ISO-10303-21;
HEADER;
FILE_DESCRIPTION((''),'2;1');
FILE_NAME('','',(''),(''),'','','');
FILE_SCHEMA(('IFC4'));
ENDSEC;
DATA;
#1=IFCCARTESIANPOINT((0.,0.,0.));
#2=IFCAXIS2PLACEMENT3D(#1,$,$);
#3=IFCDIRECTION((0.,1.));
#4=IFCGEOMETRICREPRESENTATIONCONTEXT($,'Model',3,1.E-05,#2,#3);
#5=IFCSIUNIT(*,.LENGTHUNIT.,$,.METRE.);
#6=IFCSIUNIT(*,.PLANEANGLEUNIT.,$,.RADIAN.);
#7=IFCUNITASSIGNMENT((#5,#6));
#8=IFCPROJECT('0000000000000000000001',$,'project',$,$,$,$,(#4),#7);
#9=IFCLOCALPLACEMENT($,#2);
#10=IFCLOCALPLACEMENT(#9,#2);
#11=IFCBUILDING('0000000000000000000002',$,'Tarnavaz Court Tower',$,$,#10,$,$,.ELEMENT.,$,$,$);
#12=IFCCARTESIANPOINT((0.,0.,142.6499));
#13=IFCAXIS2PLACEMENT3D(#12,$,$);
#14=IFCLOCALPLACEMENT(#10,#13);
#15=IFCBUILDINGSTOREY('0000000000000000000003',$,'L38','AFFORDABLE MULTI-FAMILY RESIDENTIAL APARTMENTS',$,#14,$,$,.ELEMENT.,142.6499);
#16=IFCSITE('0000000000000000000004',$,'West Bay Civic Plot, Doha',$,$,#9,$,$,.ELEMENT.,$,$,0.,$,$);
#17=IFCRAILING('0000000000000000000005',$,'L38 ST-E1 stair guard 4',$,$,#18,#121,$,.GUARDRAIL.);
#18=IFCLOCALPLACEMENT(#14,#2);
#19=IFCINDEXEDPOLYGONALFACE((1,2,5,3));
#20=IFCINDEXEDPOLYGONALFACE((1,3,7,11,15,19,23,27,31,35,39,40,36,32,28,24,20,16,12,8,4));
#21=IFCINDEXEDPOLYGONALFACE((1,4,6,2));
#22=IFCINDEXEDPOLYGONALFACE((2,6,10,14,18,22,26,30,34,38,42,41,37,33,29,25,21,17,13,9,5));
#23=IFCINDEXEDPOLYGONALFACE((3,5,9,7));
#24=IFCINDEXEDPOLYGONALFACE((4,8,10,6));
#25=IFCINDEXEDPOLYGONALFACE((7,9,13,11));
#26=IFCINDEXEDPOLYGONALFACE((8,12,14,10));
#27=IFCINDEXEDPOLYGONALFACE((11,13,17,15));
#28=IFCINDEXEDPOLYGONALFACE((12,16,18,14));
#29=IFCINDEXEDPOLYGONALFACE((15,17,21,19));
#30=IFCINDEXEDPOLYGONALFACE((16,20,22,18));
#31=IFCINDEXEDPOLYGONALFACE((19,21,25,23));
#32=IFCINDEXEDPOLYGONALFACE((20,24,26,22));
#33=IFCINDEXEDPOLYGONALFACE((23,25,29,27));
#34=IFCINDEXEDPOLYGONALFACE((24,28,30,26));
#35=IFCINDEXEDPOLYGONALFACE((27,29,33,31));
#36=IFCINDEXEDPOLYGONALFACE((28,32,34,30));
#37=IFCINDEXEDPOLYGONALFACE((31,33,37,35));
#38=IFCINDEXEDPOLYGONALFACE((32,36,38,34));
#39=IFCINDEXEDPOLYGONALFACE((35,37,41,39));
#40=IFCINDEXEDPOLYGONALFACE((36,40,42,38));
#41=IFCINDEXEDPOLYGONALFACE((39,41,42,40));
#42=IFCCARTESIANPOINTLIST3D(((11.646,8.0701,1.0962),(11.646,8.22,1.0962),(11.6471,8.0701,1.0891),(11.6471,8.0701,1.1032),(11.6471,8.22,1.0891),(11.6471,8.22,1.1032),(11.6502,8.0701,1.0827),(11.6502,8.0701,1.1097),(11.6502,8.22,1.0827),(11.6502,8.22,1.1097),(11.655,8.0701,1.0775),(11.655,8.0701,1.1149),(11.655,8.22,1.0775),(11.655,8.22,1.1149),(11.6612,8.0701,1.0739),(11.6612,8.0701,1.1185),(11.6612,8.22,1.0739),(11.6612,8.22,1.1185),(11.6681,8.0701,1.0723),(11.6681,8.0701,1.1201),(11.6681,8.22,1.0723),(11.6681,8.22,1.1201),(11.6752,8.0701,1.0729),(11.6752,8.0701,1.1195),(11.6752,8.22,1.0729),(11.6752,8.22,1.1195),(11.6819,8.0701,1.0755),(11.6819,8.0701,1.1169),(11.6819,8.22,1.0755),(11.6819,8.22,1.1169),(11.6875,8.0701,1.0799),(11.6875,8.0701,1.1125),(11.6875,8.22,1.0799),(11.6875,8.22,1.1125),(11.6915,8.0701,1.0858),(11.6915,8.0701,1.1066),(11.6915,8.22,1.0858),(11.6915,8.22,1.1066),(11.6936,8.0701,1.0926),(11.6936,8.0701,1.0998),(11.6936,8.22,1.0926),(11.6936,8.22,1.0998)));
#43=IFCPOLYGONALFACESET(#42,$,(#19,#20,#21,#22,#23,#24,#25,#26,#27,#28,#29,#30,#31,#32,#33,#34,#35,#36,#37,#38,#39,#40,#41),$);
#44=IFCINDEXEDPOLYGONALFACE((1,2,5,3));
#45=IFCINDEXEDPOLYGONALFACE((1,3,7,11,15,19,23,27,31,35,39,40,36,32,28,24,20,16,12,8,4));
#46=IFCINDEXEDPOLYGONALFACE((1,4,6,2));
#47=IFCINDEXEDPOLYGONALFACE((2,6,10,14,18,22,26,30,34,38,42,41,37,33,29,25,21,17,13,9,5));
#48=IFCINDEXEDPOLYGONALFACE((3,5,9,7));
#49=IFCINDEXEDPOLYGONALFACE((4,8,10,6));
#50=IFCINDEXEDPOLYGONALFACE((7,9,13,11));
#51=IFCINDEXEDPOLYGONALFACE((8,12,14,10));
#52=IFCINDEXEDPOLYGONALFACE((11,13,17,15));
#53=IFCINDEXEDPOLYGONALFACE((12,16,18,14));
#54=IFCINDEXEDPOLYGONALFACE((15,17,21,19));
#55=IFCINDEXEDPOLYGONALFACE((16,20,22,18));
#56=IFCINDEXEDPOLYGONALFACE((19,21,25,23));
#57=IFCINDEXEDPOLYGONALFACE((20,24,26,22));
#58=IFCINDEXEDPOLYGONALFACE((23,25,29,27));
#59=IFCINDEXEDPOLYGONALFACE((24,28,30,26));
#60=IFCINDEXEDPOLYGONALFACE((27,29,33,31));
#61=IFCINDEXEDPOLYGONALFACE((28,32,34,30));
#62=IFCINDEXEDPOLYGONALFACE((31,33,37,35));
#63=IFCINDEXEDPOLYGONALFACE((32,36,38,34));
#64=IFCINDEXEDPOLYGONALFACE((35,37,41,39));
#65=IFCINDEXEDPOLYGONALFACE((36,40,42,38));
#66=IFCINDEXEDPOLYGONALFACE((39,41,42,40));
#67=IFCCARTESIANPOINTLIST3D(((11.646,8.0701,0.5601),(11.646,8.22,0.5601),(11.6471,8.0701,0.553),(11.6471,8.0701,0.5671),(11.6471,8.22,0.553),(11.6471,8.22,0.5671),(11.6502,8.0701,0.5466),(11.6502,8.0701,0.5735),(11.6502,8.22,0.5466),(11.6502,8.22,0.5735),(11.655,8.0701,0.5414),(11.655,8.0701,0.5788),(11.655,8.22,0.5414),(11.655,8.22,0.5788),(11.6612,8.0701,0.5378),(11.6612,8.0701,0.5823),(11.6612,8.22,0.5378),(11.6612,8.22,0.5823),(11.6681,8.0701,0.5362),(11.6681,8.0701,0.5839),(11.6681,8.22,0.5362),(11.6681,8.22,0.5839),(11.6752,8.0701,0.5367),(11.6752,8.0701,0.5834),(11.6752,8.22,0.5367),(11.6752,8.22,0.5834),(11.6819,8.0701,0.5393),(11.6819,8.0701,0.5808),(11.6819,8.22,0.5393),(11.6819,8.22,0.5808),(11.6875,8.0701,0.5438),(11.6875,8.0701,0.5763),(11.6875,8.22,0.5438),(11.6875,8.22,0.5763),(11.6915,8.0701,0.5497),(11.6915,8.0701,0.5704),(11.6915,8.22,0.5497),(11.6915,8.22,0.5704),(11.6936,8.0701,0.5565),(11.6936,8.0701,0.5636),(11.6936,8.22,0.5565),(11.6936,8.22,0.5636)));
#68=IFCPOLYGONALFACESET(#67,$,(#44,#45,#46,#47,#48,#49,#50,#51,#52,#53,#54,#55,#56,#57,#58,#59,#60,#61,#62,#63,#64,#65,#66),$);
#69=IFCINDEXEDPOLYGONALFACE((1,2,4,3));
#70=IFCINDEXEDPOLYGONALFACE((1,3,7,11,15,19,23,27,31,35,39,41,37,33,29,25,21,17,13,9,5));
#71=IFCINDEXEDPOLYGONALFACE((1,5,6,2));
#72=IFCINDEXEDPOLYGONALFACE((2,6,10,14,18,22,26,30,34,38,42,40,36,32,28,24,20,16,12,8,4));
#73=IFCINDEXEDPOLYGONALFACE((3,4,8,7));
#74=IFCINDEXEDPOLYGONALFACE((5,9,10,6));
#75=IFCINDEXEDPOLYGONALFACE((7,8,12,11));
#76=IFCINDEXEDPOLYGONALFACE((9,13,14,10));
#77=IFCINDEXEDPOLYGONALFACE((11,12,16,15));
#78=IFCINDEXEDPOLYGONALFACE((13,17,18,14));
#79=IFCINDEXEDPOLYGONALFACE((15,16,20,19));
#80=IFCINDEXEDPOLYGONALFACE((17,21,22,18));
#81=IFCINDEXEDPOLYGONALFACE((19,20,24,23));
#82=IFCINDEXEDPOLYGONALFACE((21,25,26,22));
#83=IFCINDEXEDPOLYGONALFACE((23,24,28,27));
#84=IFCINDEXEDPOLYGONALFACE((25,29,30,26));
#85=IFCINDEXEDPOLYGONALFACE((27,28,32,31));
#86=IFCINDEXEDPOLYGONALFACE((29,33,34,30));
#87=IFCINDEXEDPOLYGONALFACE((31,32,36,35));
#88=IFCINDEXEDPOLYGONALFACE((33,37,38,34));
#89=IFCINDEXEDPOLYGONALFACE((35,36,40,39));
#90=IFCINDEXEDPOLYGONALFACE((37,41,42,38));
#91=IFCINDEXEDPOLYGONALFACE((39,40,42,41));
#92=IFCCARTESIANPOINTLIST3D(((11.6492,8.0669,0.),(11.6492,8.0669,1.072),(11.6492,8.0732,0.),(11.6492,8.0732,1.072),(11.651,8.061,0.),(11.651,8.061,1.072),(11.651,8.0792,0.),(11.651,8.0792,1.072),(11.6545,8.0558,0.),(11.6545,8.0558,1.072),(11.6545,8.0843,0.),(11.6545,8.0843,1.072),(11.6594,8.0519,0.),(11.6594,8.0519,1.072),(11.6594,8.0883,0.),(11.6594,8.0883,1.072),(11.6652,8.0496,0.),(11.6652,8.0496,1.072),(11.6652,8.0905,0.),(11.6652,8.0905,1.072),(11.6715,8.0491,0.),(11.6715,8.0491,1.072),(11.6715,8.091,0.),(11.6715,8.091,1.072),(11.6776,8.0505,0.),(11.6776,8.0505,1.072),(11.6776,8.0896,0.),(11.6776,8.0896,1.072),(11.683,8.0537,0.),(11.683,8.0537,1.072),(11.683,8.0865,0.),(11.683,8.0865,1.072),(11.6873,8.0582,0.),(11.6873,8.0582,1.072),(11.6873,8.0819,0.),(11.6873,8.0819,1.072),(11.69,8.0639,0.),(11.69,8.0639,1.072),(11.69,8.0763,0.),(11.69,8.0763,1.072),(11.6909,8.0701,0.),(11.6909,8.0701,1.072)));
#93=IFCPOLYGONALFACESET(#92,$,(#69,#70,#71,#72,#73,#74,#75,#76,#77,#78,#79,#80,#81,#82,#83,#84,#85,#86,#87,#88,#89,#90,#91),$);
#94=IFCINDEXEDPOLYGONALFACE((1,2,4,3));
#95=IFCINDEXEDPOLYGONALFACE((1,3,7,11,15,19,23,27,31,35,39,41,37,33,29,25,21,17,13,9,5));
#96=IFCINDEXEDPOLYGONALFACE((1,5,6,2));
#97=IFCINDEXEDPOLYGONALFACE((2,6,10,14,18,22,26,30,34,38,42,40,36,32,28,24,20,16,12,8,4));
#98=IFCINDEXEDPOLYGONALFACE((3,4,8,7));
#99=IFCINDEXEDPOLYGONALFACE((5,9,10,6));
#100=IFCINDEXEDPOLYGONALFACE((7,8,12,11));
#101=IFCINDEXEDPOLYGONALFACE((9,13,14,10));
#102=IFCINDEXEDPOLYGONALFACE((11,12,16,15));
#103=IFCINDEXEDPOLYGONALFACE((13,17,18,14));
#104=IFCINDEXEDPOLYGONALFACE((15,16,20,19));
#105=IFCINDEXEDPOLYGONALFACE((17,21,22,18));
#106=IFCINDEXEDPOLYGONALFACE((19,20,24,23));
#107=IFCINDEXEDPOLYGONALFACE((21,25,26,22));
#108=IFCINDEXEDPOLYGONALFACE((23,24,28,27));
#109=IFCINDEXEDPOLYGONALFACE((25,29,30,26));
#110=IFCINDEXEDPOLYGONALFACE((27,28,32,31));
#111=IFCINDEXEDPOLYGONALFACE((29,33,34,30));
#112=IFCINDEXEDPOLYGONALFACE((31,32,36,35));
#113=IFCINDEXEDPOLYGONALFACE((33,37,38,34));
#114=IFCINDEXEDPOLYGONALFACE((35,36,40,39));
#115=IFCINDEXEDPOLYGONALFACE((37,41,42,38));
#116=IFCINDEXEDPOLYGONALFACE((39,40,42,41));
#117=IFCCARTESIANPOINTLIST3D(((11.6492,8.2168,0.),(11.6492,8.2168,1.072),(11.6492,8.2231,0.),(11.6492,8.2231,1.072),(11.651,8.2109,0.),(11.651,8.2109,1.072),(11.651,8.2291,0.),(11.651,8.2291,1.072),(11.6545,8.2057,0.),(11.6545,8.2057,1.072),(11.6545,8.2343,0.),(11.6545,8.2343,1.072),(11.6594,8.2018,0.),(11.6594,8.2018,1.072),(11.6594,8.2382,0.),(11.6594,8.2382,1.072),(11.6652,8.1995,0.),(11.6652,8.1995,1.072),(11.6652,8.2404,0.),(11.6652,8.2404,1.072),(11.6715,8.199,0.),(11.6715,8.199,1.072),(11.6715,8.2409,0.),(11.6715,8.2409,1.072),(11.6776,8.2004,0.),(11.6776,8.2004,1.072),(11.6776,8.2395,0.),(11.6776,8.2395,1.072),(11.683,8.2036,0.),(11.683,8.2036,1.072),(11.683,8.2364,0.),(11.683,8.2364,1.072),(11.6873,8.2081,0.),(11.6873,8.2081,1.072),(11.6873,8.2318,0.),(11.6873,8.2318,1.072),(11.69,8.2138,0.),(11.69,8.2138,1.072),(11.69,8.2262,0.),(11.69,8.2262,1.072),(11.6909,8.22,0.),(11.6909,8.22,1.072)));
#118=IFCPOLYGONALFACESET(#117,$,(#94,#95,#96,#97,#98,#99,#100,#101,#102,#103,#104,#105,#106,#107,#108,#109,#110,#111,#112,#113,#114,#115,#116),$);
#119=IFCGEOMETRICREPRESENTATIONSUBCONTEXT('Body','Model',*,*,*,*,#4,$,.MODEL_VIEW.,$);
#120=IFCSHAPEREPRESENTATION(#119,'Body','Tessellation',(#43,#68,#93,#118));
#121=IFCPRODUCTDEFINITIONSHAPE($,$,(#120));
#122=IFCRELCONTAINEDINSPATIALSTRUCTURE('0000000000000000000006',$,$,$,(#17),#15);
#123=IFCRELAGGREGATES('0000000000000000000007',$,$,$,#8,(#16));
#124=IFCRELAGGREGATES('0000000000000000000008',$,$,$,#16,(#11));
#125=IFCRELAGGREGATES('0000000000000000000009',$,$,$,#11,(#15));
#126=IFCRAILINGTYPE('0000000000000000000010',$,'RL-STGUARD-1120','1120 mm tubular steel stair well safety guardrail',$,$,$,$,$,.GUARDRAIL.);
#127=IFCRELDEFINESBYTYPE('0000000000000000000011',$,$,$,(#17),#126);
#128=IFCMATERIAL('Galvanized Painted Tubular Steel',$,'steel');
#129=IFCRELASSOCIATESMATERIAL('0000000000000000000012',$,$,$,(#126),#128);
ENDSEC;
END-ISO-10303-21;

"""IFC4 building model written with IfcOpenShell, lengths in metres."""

from ifc_helpers import new_model, si_unit, direction, frame, origin, origin_2d, place, context, subcontext, project, spatial, circle, extrude, material, type_object, element, save


model = new_model("IFC4")

# Units and contexts
model_context = context("Model", 3, precision=1e-05, world=origin(), true_north=direction((0.0, 1.0)))
body_context = subcontext(model_context, "Body", "Model", "MODEL_VIEW")
ifc_project = project(units=[si_unit("LENGTHUNIT", "METRE"), si_unit("PLANEANGLEUNIT", "RADIAN")], contexts=[model_context])

# Site, building, storey
site_placement = place(None, origin())
site = spatial("IfcSite", under=ifc_project, at=site_placement, Name="West Bay Civic Plot, Doha", CompositionType="ELEMENT", RefElevation=0.0)
building_placement = place(site_placement, origin())
building = spatial("IfcBuilding", under=site, at=building_placement, Name="Tarnavaz Court Tower", CompositionType="ELEMENT")
storey_placement = place(building_placement, frame((0.0, 0.0, 142.6499)))
storey = spatial("IfcBuildingStorey", under=building, at=storey_placement, Name="L38", Description="AFFORDABLE MULTI-FAMILY RESIDENTIAL APARTMENTS", CompositionType="ELEMENT", Elevation=142.6499)

# Railing
ifc_material_1 = material(Name="Galvanized Painted Tubular Steel", Category="steel")
railing_type_1 = type_object("IfcRailingType", Name="RL-STGUARD-1120", Description="1120 mm tubular steel stair well safety guardrail", PredefinedType="GUARDRAIL", material=ifc_material_1)
for number, where, name in (
    (1, (11.6699, 8.0701, 0.0), "L38 ST-E1 stair guard 4"),
):
    element("IfcRailing", number, at=place(storey_placement, frame(where)), inside=storey, type_object=railing_type_1, Name=name, PredefinedType="GUARDRAIL", context=body_context, shape_type="SweptSolid", body=[
        extrude(circle(Radius=0.0239, at=origin_2d()), frame((0.0, 0.0, 1.0962), z_axis=(0.0, 1.0, 0.0), x_axis=(-1.0, 0.0, 0.0)), (0.0, 0.0, 1.0), 0.1499),
        extrude(circle(Radius=0.0239, at=origin_2d()), frame((0.0, 0.0, 0.5601), z_axis=(0.0, 1.0, 0.0), x_axis=(-1.0, 0.0, 0.0)), (0.0, 0.0, 1.0), 0.1499),
        extrude(circle(Radius=0.021, at=origin_2d()), origin(), (0.0, 0.0, 1.0), 1.072),
        extrude(circle(Radius=0.021, at=origin_2d()), frame((0.0, 0.1499, 0.0)), (0.0, 0.0, 1.0), 1.072),
    ])

save(model, "model.ifc")
